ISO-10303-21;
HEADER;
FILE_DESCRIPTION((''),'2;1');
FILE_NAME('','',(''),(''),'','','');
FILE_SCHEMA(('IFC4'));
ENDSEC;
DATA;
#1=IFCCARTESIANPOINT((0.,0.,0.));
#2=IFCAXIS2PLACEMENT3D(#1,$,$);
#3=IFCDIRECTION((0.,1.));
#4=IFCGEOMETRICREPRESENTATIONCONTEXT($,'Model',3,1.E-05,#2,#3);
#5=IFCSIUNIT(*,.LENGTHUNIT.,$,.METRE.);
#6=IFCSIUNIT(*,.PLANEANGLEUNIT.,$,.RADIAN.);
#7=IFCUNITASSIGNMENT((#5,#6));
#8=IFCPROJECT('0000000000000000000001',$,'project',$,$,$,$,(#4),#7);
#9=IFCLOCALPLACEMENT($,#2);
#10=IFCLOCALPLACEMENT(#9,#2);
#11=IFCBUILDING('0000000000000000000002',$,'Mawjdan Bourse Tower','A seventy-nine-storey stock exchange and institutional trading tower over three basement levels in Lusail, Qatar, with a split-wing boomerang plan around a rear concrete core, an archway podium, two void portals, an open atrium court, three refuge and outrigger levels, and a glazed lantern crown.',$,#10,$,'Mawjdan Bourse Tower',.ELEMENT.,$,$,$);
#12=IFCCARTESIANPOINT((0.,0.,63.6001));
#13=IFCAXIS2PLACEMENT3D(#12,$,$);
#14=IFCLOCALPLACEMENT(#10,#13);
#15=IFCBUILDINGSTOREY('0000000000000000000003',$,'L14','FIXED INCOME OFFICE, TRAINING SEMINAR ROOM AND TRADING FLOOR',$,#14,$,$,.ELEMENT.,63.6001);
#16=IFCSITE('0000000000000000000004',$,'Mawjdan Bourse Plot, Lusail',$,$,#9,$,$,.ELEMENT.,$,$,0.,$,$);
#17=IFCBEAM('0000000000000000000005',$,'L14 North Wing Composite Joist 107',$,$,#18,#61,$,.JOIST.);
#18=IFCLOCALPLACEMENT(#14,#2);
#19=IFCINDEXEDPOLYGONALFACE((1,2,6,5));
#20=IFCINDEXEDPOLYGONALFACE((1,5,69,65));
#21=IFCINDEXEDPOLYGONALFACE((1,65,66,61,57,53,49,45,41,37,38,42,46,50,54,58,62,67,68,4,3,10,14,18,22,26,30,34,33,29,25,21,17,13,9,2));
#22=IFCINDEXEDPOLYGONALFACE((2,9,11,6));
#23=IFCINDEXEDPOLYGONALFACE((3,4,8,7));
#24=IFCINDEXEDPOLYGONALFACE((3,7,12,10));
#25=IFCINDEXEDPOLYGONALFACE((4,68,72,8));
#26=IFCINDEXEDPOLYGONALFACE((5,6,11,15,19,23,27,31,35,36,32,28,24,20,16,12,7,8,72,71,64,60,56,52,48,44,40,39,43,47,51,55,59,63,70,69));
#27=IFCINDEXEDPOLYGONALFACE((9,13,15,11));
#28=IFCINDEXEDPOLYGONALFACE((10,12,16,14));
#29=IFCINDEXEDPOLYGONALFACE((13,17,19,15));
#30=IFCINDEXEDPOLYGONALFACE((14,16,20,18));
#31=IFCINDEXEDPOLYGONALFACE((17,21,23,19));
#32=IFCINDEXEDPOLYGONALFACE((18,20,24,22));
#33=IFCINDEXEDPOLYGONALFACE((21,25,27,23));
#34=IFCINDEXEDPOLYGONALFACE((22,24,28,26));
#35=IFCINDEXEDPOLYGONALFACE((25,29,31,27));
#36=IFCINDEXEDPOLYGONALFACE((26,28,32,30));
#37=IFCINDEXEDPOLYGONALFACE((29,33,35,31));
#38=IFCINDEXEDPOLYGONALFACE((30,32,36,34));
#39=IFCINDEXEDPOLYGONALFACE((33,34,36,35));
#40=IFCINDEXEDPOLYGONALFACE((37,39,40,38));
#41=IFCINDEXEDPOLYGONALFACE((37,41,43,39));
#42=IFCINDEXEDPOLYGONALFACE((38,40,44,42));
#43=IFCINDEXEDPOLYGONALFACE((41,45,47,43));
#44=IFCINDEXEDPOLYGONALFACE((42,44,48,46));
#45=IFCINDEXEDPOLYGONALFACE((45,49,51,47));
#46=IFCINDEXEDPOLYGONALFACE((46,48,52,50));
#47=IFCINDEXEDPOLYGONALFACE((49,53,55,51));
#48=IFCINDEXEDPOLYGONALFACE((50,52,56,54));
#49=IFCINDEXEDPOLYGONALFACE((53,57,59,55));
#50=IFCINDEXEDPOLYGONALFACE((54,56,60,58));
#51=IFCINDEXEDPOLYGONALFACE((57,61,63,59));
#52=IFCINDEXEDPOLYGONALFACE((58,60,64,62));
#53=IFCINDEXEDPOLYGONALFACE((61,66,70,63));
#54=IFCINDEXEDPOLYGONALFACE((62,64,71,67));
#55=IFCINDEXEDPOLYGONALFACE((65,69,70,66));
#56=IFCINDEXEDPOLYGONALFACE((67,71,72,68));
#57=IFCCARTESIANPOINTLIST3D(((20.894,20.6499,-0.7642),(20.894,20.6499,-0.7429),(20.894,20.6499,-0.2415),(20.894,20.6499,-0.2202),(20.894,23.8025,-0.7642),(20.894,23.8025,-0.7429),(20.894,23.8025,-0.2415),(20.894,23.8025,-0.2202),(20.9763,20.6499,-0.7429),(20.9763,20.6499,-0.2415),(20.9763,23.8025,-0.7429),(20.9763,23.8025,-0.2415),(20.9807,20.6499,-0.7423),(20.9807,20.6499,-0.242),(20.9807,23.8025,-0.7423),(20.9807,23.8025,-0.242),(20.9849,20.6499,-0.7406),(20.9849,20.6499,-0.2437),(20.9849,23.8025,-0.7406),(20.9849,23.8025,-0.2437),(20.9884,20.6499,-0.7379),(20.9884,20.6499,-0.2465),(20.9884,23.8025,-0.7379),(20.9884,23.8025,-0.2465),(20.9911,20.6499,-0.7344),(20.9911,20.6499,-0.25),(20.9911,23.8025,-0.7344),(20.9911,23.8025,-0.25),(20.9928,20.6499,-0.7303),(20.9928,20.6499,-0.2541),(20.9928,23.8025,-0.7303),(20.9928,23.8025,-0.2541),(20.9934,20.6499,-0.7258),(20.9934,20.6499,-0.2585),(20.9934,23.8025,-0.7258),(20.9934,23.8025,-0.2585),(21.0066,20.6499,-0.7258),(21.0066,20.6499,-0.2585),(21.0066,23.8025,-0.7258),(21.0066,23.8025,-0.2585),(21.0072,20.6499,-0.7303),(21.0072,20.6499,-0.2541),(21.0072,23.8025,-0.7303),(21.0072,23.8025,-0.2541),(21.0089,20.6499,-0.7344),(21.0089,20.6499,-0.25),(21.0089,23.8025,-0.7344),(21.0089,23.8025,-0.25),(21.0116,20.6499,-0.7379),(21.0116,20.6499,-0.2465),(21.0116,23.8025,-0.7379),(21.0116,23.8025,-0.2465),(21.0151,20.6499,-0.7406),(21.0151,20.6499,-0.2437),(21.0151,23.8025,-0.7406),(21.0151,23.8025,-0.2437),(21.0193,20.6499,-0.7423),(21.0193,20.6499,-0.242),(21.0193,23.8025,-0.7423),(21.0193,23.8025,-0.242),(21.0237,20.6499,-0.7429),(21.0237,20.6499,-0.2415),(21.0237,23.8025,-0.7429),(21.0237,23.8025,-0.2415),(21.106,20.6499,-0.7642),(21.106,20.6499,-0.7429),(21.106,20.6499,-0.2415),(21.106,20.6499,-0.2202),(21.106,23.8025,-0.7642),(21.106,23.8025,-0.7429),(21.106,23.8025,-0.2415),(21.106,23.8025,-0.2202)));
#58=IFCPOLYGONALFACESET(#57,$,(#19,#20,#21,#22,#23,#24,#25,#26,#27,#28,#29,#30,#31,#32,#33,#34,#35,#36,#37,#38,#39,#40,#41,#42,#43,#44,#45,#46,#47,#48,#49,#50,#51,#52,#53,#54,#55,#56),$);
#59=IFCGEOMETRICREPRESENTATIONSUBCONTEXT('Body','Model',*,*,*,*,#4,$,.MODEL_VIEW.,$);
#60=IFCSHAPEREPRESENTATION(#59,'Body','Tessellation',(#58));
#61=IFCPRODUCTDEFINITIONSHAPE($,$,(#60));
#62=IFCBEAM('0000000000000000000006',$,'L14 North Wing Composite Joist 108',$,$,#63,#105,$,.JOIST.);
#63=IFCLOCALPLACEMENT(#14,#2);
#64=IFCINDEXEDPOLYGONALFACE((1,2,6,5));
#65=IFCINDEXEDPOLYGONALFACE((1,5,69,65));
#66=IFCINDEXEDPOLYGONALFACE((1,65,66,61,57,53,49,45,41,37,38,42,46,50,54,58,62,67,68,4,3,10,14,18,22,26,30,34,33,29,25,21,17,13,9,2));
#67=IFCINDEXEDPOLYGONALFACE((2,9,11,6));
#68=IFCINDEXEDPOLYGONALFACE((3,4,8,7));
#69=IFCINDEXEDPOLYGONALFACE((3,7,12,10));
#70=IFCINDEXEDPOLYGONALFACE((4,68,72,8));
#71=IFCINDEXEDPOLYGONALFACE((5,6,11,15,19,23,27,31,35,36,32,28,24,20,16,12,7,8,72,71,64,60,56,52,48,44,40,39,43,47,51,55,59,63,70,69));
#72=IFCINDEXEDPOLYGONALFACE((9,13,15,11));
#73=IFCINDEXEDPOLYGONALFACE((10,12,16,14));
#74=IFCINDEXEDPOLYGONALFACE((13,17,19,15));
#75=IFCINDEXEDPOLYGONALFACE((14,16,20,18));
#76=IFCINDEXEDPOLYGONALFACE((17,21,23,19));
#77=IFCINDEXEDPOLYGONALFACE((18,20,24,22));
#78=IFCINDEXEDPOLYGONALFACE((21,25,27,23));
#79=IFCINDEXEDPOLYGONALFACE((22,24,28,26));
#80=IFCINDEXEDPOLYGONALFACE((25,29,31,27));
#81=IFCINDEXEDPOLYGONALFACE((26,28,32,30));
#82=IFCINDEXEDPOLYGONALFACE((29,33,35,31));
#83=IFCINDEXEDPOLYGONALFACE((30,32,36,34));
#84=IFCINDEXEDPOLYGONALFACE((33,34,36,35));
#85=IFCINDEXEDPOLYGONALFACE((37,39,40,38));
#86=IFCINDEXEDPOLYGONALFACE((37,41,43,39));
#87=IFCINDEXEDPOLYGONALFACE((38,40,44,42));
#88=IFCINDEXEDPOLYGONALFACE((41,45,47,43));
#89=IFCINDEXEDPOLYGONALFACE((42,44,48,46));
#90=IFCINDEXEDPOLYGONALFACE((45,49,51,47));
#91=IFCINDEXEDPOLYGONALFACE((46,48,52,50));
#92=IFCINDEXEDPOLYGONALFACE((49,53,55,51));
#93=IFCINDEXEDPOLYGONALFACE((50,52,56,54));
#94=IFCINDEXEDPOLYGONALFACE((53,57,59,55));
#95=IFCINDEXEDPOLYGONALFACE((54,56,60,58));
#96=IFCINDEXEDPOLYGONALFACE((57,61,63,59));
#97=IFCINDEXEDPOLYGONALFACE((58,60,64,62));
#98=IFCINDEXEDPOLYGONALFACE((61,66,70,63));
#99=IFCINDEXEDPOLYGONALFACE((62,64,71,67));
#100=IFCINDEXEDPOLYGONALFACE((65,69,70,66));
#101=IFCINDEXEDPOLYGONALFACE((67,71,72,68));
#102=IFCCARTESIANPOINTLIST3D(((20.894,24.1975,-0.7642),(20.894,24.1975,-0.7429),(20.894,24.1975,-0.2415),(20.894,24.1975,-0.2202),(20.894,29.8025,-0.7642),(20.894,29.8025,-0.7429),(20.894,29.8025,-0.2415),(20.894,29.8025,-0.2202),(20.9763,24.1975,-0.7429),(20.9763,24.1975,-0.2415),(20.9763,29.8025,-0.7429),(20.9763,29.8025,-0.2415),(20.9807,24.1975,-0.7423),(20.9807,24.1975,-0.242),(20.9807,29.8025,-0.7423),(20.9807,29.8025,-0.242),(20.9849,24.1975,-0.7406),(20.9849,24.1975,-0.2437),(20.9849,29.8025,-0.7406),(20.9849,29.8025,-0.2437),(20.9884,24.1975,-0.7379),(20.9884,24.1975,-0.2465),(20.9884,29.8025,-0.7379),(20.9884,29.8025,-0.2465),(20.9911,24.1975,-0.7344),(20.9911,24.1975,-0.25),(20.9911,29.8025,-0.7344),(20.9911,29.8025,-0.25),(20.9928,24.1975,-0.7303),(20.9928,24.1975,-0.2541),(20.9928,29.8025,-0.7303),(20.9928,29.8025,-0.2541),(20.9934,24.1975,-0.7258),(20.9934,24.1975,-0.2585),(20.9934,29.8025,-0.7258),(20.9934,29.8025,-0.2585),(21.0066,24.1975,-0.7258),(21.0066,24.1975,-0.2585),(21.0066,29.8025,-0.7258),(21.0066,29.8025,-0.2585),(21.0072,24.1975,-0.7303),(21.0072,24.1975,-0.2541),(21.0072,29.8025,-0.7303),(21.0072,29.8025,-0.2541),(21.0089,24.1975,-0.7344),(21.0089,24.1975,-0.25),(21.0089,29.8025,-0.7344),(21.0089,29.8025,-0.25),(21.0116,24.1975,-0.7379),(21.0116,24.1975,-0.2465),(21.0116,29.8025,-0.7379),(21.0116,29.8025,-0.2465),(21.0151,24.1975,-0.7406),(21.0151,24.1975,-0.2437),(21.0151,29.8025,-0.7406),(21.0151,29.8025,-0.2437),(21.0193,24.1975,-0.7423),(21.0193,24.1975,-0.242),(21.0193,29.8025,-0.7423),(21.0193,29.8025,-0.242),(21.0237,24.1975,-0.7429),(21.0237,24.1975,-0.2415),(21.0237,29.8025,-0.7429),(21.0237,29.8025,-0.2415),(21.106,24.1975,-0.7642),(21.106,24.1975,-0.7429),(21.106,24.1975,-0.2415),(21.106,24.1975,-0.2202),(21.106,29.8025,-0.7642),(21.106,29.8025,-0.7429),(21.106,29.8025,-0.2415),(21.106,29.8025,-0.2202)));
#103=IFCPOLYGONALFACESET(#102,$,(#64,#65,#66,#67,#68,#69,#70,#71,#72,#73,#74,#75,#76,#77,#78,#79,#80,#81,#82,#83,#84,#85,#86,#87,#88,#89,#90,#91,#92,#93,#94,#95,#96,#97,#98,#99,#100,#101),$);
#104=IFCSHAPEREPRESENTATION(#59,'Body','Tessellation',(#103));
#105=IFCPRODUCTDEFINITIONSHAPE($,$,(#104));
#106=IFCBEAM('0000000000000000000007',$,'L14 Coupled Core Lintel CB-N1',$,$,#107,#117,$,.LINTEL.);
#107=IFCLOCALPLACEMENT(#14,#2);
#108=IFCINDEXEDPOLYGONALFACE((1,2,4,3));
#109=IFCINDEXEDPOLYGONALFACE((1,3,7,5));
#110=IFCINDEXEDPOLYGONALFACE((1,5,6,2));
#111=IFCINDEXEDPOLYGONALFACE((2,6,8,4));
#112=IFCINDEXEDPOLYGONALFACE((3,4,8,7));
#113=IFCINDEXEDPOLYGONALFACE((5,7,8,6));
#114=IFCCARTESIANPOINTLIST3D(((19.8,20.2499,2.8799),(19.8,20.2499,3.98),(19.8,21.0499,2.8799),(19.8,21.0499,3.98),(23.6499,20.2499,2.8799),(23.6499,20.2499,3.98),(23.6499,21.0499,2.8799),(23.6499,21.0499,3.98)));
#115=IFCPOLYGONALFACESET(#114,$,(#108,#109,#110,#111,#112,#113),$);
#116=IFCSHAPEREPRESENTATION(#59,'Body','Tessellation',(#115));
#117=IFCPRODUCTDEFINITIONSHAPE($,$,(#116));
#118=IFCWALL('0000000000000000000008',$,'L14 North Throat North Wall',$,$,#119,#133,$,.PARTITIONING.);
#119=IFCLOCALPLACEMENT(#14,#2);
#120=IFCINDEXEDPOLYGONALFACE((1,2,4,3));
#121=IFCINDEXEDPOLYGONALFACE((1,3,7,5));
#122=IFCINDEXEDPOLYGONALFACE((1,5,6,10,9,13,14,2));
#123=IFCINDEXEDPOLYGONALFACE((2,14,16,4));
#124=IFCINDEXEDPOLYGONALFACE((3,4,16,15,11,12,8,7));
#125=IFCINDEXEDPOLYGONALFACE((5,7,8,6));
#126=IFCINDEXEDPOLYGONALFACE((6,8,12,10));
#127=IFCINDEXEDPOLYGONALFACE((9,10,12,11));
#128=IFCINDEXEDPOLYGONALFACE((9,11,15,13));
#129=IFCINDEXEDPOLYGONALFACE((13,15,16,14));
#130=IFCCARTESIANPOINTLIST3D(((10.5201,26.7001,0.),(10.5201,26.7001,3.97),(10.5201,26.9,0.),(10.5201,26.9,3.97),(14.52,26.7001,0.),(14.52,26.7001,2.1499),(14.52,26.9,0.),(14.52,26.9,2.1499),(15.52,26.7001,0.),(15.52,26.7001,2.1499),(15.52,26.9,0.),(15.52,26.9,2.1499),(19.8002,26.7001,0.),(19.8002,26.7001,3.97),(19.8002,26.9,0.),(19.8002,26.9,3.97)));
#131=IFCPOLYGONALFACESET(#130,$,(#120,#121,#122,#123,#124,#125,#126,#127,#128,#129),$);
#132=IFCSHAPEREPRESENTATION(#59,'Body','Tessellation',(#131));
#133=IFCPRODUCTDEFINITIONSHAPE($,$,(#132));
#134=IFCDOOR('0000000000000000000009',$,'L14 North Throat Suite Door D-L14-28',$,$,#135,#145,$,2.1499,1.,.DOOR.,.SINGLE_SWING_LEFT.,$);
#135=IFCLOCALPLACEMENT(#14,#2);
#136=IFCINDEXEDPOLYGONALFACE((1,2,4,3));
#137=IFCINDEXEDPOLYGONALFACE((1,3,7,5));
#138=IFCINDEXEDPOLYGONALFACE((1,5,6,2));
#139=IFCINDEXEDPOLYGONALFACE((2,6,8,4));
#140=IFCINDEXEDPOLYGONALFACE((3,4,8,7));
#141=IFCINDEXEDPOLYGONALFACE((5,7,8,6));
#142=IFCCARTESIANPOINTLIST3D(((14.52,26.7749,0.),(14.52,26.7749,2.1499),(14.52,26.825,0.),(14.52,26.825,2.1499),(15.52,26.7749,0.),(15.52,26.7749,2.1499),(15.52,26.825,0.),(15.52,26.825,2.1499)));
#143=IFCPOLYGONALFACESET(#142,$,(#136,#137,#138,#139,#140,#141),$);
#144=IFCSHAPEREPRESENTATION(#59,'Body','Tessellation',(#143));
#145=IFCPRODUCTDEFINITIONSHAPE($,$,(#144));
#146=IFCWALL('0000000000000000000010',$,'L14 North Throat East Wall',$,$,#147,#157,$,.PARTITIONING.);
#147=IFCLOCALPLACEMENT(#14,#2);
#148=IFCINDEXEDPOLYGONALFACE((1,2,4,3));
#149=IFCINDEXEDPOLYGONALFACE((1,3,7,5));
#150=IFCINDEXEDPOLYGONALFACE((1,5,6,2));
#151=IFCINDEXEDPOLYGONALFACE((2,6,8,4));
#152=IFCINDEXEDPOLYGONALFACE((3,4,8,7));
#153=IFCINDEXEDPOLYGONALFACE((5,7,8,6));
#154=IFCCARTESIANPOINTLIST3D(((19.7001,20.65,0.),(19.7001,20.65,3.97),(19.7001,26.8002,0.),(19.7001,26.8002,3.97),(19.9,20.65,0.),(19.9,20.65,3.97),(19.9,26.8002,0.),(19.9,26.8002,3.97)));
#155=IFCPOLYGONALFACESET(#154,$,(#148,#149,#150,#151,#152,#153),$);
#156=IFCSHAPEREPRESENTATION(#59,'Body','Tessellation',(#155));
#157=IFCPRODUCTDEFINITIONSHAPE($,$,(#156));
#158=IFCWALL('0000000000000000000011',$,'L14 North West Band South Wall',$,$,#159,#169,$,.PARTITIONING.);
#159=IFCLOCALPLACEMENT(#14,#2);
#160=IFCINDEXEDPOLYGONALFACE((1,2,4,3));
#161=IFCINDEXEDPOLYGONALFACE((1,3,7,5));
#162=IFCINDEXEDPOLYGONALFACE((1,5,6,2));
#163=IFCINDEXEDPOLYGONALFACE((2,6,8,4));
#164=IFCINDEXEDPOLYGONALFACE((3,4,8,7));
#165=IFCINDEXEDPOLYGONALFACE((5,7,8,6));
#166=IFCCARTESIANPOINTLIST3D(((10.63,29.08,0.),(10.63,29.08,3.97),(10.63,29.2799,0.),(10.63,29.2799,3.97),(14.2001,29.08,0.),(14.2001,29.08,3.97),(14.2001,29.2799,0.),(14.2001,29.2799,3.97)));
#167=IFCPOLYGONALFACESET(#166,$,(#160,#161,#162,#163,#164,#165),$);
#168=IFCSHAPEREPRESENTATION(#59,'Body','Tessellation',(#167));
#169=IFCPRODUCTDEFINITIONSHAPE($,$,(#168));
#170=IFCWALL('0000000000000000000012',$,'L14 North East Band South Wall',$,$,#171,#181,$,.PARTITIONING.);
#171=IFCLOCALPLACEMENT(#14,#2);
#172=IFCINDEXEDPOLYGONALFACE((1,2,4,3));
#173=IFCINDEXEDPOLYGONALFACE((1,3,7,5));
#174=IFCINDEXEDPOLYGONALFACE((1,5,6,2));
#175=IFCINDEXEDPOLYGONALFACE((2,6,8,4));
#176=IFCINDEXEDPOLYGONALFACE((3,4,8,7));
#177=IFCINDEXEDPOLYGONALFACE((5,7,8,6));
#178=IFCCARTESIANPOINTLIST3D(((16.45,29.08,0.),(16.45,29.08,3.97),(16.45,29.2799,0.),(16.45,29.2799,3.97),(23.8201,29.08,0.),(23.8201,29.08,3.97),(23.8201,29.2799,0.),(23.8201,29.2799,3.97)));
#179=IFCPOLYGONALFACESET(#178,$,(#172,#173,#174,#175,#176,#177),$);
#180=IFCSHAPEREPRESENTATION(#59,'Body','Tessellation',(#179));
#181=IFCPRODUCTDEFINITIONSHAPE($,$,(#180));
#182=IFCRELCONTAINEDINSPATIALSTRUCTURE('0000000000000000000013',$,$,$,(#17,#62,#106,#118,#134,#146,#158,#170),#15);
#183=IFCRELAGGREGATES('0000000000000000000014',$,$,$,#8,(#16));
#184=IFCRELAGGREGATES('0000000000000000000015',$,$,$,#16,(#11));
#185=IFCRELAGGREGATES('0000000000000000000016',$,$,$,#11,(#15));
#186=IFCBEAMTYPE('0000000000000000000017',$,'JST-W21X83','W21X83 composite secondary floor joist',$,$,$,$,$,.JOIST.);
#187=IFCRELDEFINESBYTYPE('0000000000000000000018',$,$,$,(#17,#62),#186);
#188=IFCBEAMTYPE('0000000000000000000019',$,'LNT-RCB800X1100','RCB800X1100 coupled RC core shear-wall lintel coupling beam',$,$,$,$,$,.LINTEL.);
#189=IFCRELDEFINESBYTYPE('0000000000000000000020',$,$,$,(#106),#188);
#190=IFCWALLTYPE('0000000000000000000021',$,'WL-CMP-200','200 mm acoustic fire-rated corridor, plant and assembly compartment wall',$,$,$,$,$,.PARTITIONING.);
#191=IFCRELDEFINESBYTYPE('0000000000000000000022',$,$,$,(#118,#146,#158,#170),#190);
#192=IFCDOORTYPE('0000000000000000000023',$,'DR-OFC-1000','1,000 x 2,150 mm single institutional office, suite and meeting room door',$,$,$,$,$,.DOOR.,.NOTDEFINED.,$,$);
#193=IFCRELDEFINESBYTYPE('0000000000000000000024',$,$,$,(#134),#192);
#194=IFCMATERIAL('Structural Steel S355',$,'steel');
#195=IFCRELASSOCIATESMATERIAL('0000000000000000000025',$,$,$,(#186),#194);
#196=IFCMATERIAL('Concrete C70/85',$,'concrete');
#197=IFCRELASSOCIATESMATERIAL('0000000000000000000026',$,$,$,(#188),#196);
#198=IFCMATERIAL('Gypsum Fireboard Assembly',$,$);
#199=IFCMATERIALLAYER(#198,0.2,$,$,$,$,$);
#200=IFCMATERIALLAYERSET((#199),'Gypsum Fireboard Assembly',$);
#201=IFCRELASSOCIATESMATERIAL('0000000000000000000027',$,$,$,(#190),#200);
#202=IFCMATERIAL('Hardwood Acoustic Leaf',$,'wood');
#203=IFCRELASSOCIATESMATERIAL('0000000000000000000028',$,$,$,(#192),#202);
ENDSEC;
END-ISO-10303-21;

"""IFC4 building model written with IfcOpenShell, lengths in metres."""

from ifc_helpers import new_model, si_unit, direction, frame, frame_2d, origin, origin_2d, place, context, subcontext, project, spatial, rectangle, i_section, extrude, material, layer, layer_set, material_profile, profile_set, type_object, element, fill, save


model = new_model("IFC4")

# Units and contexts
model_context = context("Model", 3, precision=1e-05, world=origin(), true_north=direction((0.0, 1.0)))
body_context = subcontext(model_context, "Body", "Model", "MODEL_VIEW")
ifc_project = project(units=[si_unit("LENGTHUNIT", "METRE"), si_unit("PLANEANGLEUNIT", "RADIAN")], contexts=[model_context])

# Site, building, storey
site_placement = place(None, origin())
site = spatial("IfcSite", under=ifc_project, at=site_placement, Name="Mawjdan Bourse Plot, Lusail", CompositionType="ELEMENT", RefElevation=0.0)
building_placement = place(site_placement, origin())
building = spatial("IfcBuilding", under=site, at=building_placement, Name="Mawjdan Bourse Tower", Description="A seventy-nine-storey stock exchange and institutional trading tower over three basement levels in Lusail, Qatar, with a split-wing boomerang plan around a rear concrete core, an archway podium, two void portals, an open atrium court, three refuge and outrigger levels, and a glazed lantern crown.", LongName="Mawjdan Bourse Tower", CompositionType="ELEMENT")
storey_placement = place(building_placement, frame((0.0, 0.0, 63.6001)))
storey = spatial("IfcBuildingStorey", under=building, at=storey_placement, Name="L14", Description="FIXED INCOME OFFICE, TRAINING SEMINAR ROOM AND TRADING FLOOR", CompositionType="ELEMENT", Elevation=63.6001)

# Beams
ifc_material_1 = material(Name="Structural Steel S355", Category="steel")
ifc_material_profile_1 = material_profile(ifc_material_1, i_section(OverallWidth=0.2119, OverallDepth=0.5439, WebThickness=0.0132, FlangeThickness=0.0212, FilletRadius=0.0171, at=origin_2d()), Name="W21X83")
ifc_profile_set_1 = profile_set([ifc_material_profile_1], Name="Structural Steel S355")
beam_type_1 = type_object("IfcBeamType", Name="JST-W21X83", Description="W21X83 composite secondary floor joist", PredefinedType="JOIST", material=ifc_profile_set_1)
beam_1_placement = place(storey_placement, frame((21.0, 20.6499, -0.4922), z_axis=(0.0, 1.0, 0.0), x_axis=(-1.0, 0.0, 0.0)))
element("IfcBeam", 1, at=beam_1_placement, inside=storey, type_object=beam_type_1, Name="L14 North Wing Composite Joist 107", PredefinedType="JOIST", context=body_context, shape_type="SweptSolid", body=[
    extrude(i_section(OverallWidth=0.2119, OverallDepth=0.5439, WebThickness=0.0132, FlangeThickness=0.0212, FilletRadius=0.0171, at=origin_2d()), origin(), (0.0, 0.0, 1.0), 3.1526),
])
beam_2_placement = place(storey_placement, frame((21.0, 24.1975, -0.4922), z_axis=(0.0, 1.0, 0.0), x_axis=(-1.0, 0.0, 0.0)))
element("IfcBeam", 2, at=beam_2_placement, inside=storey, type_object=beam_type_1, Name="L14 North Wing Composite Joist 108", PredefinedType="JOIST", context=body_context, shape_type="SweptSolid", body=[
    extrude(i_section(OverallWidth=0.2119, OverallDepth=0.5439, WebThickness=0.0132, FlangeThickness=0.0212, FilletRadius=0.0171, at=origin_2d()), origin(), (0.0, 0.0, 1.0), 5.605),
])
ifc_material_2 = material(Name="Concrete C70/85", Category="concrete")
ifc_material_profile_2 = material_profile(ifc_material_2, rectangle(XDim=0.8, YDim=1.1001, at=origin_2d()), Name="RCB800X1100")
ifc_profile_set_2 = profile_set([ifc_material_profile_2], Name="Concrete C70/85")
beam_type_2 = type_object("IfcBeamType", Name="LNT-RCB800X1100", Description="RCB800X1100 coupled RC core shear-wall lintel coupling beam", PredefinedType="LINTEL", material=ifc_profile_set_2)
beam_3_placement = place(storey_placement, frame((19.8, 20.6499, 3.4299), z_axis=(1.0, 0.0, 0.0), x_axis=(0.0, 1.0, 0.0)))
element("IfcBeam", 3, at=beam_3_placement, inside=storey, type_object=beam_type_2, Name="L14 Coupled Core Lintel CB-N1", PredefinedType="LINTEL", context=body_context, shape_type="SweptSolid", body=[
    extrude(rectangle(XDim=0.8, YDim=1.1001, at=origin_2d()), origin(), (0.0, 0.0, 1.0), 3.8499),
])

# Wall, opening, door
ifc_material_3 = material(Name="Gypsum Fireboard Assembly")
ifc_layer = layer(ifc_material_3, 0.2)
ifc_layer_set = layer_set([ifc_layer], Name="Gypsum Fireboard Assembly")
wall_type = type_object("IfcWallType", Name="WL-CMP-200", Description="200 mm acoustic fire-rated corridor, plant and assembly compartment wall", PredefinedType="PARTITIONING", material=ifc_layer_set)
wall_1_placement = place(storey_placement, frame((10.52, 26.8, 0.0), z_axis=(0.0, 0.0, 1.0), x_axis=(1.0, 0.0, 0.0)))
wall_1 = element("IfcWall", 4, at=wall_1_placement, inside=storey, type_object=wall_type, Name="L14 North Throat North Wall", PredefinedType="PARTITIONING", context=body_context, shape_type="SweptSolid", body=[
    extrude(rectangle(XDim=9.28, YDim=0.2, at=frame_2d((4.6401, 0.0))), origin(), (0.0, 0.0, 1.0), 3.97),
])
opening_1_placement = place(wall_1_placement, frame((4.0, 0.0, 0.0)))
opening_1 = element("IfcOpeningElement", 5, at=opening_1_placement, cuts=wall_1, PredefinedType="OPENING", context=body_context, shape_type="SweptSolid", body=[
    extrude(rectangle(XDim=1.0, YDim=2.1499, at=frame_2d((0.5, 1.075))), frame((0.0, 0.1099, 0.0), z_axis=(0.0, -1.0, 0.0), x_axis=(1.0, 0.0, 0.0)), (0.0, 0.0, 1.0), 0.22),
])
ifc_material_4 = material(Name="Hardwood Acoustic Leaf", Category="wood")
door_type = type_object("IfcDoorType", Name="DR-OFC-1000", Description="1,000 x 2,150 mm single institutional office, suite and meeting room door", OperationType="NOTDEFINED", PredefinedType="DOOR", material=ifc_material_4)
door_1_placement = place(opening_1_placement, origin())
door_1 = element("IfcDoor", 6, at=door_1_placement, inside=storey, type_object=door_type, Name="L14 North Throat Suite Door D-L14-28", OperationType="SINGLE_SWING_LEFT", OverallHeight=2.1499, OverallWidth=1.0, PredefinedType="DOOR", context=body_context, shape_type="SweptSolid", body=[
    extrude(rectangle(XDim=1.0, YDim=2.1499, at=frame_2d((0.5, 1.075))), frame((0.0, 0.0249, 0.0), z_axis=(0.0, -1.0, 0.0), x_axis=(1.0, 0.0, 0.0)), (0.0, 0.0, 1.0), 0.05),
])
fill(opening_1, door_1)

# Walls
wall_2_placement = place(storey_placement, frame((19.8, 20.6499, 0.0), z_axis=(0.0, 0.0, 1.0), x_axis=(0.0, 1.0, 0.0)))
element("IfcWall", 7, at=wall_2_placement, inside=storey, type_object=wall_type, Name="L14 North Throat East Wall", PredefinedType="PARTITIONING", context=body_context, shape_type="SweptSolid", body=[
    extrude(rectangle(XDim=6.1501, YDim=0.2, at=frame_2d((3.0752, 0.0))), origin(), (0.0, 0.0, 1.0), 3.97),
])
wall_3_placement = place(storey_placement, frame((10.6299, 29.1799, 0.0), z_axis=(0.0, 0.0, 1.0), x_axis=(1.0, 0.0, 0.0)))
element("IfcWall", 8, at=wall_3_placement, inside=storey, type_object=wall_type, Name="L14 North West Band South Wall", PredefinedType="PARTITIONING", context=body_context, shape_type="SweptSolid", body=[
    extrude(rectangle(XDim=3.5701, YDim=0.2, at=frame_2d((1.7852, 0.0))), origin(), (0.0, 0.0, 1.0), 3.97),
])
wall_4_placement = place(storey_placement, frame((16.45, 29.1799, 0.0), z_axis=(0.0, 0.0, 1.0), x_axis=(1.0, 0.0, 0.0)))
element("IfcWall", 9, at=wall_4_placement, inside=storey, type_object=wall_type, Name="L14 North East Band South Wall", PredefinedType="PARTITIONING", context=body_context, shape_type="SweptSolid", body=[
    extrude(rectangle(XDim=7.3701, YDim=0.2, at=frame_2d((3.6851, 0.0))), origin(), (0.0, 0.0, 1.0), 3.97),
])

save(model, "model.ifc")
